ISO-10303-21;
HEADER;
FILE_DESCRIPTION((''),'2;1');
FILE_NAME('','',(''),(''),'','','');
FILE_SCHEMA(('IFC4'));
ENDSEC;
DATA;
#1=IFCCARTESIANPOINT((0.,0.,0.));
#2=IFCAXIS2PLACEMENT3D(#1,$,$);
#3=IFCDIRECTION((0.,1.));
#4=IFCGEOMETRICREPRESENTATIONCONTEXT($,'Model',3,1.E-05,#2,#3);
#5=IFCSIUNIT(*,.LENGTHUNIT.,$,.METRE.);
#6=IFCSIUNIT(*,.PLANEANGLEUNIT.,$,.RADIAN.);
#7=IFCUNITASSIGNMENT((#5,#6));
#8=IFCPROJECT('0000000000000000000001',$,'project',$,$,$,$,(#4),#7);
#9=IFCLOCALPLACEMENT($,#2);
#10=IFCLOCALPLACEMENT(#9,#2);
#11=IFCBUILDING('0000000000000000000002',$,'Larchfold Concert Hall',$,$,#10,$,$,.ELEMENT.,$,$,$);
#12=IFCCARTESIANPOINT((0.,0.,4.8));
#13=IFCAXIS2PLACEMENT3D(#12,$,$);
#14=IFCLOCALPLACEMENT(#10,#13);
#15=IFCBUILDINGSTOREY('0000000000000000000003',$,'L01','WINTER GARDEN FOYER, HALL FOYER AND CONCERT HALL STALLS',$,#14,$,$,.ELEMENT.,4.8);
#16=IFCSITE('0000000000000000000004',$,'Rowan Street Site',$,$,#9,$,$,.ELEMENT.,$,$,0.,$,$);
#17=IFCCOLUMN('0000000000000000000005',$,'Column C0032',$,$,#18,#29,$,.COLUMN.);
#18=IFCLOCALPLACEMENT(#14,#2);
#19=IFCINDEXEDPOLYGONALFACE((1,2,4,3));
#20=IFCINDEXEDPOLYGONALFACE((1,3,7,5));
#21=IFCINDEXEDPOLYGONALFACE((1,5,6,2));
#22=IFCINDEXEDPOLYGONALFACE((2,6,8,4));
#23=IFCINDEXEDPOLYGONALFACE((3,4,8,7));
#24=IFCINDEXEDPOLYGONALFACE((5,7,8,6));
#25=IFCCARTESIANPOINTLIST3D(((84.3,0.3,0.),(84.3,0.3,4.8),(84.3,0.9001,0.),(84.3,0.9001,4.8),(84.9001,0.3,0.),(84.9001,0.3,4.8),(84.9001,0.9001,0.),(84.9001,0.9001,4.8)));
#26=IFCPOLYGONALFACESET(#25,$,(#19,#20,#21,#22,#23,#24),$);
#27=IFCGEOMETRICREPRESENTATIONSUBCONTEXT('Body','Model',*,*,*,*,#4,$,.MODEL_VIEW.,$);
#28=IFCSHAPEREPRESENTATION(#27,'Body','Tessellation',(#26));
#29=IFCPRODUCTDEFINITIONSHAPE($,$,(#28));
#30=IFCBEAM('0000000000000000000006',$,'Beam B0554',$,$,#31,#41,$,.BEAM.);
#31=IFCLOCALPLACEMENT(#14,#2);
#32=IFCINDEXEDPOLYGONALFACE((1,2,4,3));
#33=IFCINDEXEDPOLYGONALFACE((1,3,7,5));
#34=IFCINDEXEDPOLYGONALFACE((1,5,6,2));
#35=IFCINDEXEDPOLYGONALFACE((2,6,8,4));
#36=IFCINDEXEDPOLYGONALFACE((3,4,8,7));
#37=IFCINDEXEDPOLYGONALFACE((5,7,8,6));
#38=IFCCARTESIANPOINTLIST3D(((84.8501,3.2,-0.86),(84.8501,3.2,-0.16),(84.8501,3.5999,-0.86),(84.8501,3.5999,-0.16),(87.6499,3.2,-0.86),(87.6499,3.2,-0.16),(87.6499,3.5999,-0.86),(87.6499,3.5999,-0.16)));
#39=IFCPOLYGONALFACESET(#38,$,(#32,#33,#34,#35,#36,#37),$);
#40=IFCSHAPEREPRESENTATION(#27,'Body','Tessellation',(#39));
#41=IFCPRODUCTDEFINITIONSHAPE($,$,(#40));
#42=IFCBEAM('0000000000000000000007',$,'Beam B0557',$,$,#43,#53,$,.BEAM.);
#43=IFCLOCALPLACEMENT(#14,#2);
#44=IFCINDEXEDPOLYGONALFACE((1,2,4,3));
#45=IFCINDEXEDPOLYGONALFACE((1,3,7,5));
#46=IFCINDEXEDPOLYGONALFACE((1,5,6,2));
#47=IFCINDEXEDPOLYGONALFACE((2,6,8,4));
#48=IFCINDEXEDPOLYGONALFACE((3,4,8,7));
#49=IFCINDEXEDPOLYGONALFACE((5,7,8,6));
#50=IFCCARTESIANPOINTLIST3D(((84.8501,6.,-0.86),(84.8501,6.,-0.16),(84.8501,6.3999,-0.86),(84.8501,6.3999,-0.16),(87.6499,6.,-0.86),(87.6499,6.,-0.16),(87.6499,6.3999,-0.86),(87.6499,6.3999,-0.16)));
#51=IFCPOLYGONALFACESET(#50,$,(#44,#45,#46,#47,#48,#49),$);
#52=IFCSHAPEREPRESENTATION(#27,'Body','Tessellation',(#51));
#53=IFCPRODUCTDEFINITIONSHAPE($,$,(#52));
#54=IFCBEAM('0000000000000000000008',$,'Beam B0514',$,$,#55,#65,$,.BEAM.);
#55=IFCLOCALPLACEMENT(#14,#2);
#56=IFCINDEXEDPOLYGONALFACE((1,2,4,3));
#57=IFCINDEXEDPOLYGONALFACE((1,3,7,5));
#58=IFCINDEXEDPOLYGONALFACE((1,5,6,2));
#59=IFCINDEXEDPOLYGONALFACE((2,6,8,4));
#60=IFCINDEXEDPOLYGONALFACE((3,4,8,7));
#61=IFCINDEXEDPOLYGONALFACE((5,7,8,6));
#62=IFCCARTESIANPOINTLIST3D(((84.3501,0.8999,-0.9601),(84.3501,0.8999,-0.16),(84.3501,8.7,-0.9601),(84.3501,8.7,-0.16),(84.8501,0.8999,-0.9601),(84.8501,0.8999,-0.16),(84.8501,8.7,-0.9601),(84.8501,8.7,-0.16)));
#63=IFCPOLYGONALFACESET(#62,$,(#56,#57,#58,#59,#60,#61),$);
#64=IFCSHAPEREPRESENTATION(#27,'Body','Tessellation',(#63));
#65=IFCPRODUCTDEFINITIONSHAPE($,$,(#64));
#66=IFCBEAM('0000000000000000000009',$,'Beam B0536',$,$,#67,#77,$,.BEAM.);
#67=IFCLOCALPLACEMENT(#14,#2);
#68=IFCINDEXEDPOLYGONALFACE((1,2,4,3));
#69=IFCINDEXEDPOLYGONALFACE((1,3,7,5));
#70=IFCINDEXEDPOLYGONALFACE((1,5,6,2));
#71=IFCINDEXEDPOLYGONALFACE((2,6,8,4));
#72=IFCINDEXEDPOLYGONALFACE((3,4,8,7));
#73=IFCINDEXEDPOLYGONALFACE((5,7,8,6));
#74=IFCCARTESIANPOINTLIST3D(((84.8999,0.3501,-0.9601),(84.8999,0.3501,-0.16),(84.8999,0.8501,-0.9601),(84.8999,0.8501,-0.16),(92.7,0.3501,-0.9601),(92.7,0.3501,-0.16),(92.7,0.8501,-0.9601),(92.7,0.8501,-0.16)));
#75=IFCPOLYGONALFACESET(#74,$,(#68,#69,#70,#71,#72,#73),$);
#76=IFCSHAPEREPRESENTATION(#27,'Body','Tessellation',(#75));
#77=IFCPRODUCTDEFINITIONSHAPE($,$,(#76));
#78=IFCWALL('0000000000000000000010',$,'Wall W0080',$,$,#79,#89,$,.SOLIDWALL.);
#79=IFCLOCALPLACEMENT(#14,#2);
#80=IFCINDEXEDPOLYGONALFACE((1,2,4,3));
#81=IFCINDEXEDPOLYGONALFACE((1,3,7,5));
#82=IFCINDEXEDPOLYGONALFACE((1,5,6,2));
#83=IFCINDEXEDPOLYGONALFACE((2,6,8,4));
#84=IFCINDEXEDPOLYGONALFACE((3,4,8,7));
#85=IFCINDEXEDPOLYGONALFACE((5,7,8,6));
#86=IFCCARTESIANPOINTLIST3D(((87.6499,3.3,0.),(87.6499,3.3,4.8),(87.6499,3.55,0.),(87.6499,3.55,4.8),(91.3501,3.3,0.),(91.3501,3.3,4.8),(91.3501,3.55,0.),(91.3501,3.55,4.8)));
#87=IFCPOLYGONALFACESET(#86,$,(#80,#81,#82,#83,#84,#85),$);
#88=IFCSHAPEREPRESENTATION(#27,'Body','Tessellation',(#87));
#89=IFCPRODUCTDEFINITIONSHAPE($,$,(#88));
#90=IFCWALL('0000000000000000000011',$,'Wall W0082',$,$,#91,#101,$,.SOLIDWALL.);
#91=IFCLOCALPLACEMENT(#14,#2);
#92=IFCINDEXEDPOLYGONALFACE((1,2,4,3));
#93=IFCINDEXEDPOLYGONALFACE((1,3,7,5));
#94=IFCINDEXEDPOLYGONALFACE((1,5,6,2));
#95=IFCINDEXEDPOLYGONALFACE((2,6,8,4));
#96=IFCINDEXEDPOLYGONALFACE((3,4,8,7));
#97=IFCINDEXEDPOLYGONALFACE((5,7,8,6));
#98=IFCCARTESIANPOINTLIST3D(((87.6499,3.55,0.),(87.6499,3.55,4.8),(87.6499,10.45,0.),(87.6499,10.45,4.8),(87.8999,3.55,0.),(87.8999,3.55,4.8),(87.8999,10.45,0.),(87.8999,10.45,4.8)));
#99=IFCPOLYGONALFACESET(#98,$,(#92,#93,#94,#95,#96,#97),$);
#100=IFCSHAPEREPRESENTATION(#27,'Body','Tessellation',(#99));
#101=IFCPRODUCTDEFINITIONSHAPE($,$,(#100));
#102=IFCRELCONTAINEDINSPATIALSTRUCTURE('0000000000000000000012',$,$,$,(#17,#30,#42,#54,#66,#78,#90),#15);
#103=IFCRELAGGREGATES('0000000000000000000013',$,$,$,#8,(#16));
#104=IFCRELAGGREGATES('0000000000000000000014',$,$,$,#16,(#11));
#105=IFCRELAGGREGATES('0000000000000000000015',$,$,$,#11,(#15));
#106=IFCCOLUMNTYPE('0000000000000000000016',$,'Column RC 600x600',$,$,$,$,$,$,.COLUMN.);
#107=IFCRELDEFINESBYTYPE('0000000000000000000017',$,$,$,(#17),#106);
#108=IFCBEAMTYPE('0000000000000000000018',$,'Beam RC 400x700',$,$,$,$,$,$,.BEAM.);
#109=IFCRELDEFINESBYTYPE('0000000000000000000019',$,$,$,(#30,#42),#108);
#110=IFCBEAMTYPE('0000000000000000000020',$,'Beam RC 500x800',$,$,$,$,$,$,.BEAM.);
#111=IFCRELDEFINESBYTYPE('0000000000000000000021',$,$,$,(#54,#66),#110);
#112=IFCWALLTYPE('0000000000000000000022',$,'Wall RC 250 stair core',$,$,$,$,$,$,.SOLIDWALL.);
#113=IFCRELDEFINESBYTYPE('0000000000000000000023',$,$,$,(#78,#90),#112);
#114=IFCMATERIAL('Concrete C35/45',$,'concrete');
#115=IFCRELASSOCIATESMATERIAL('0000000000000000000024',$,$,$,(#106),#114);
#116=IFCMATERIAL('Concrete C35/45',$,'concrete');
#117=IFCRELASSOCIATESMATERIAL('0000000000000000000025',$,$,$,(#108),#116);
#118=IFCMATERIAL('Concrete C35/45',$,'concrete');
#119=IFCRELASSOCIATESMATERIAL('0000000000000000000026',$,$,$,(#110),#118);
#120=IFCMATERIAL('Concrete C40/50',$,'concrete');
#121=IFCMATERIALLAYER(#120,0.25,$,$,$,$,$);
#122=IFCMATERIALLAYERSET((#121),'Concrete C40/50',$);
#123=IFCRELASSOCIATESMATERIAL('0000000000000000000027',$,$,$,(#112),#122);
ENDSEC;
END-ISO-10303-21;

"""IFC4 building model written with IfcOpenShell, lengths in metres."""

from ifc_helpers import new_model, si_unit, direction, frame, frame_2d, origin, origin_2d, place, context, subcontext, project, spatial, rectangle, extrude, material, layer, layer_set, material_profile, profile_set, type_object, element, save


model = new_model("IFC4")

# Units and contexts
model_context = context("Model", 3, precision=1e-05, world=origin(), true_north=direction((0.0, 1.0)))
body_context = subcontext(model_context, "Body", "Model", "MODEL_VIEW")
ifc_project = project(units=[si_unit("LENGTHUNIT", "METRE"), si_unit("PLANEANGLEUNIT", "RADIAN")], contexts=[model_context])

# Site, building, storey
site_placement = place(None, origin())
site = spatial("IfcSite", under=ifc_project, at=site_placement, Name="Rowan Street Site", CompositionType="ELEMENT", RefElevation=0.0)
building_placement = place(site_placement, origin())
building = spatial("IfcBuilding", under=site, at=building_placement, Name="Larchfold Concert Hall", CompositionType="ELEMENT")
storey_placement = place(building_placement, frame((0.0, 0.0, 4.8)))
storey = spatial("IfcBuildingStorey", under=building, at=storey_placement, Name="L01", Description="WINTER GARDEN FOYER, HALL FOYER AND CONCERT HALL STALLS", CompositionType="ELEMENT", Elevation=4.8)

# Column
ifc_material_1 = material(Name="Concrete C35/45", Category="concrete")
ifc_material_profile_1 = material_profile(ifc_material_1, rectangle(XDim=0.6001, YDim=0.6001, at=origin_2d()))
ifc_profile_set_1 = profile_set([ifc_material_profile_1], Name="Concrete C35/45")
column_type = type_object("IfcColumnType", Name="Column RC 600x600", PredefinedType="COLUMN", material=ifc_profile_set_1)
column_placement = place(storey_placement, frame((84.6001, 0.6001, 0.0), z_axis=(0.0, 0.0, 1.0), x_axis=(1.0, 0.0, 0.0)))
element("IfcColumn", 1, at=column_placement, inside=storey, type_object=column_type, Name="Column C0032", PredefinedType="COLUMN", context=body_context, shape_type="SweptSolid", body=[
    extrude(rectangle(XDim=0.6001, YDim=0.6001, at=origin_2d()), origin(), (0.0, 0.0, 1.0), 4.8),
])

# Beams
ifc_material_2 = material(Name="Concrete C35/45", Category="concrete")
ifc_material_profile_2 = material_profile(ifc_material_2, rectangle(XDim=0.3999, YDim=0.7, at=origin_2d()))
ifc_profile_set_2 = profile_set([ifc_material_profile_2], Name="Concrete C35/45")
beam_type_1 = type_object("IfcBeamType", Name="Beam RC 400x700", PredefinedType="BEAM", material=ifc_profile_set_2)
for number, where, z_axis, x_axis, name in (
    (2, (84.8501, 3.3999, -0.51), (1.0, 0.0, 0.0), (0.0, 1.0, 0.0), "Beam B0554"),
    (3, (84.8501, 6.2, -0.51), (1.0, 0.0, 0.0), (0.0, 1.0, 0.0), "Beam B0557"),
):
    element("IfcBeam", number, at=place(storey_placement, frame(where, z_axis=z_axis, x_axis=x_axis)), inside=storey, type_object=beam_type_1, Name=name, PredefinedType="BEAM", context=body_context, shape_type="SweptSolid", body=[
        extrude(rectangle(XDim=0.3999, YDim=0.7, at=origin_2d()), origin(), (0.0, 0.0, 1.0), 2.7998),
    ])
ifc_material_3 = material(Name="Concrete C35/45", Category="concrete")
ifc_material_profile_3 = material_profile(ifc_material_3, rectangle(XDim=0.5, YDim=0.8, at=origin_2d()))
ifc_profile_set_3 = profile_set([ifc_material_profile_3], Name="Concrete C35/45")
beam_type_2 = type_object("IfcBeamType", Name="Beam RC 500x800", PredefinedType="BEAM", material=ifc_profile_set_3)
for number, where, z_axis, x_axis, name in (
    (4, (84.6001, 0.8999, -0.5601), (0.0, 1.0, 0.0), (-1.0, 0.0, 0.0), "Beam B0514"),
    (5, (84.8999, 0.6001, -0.5601), (1.0, 0.0, 0.0), (0.0, 1.0, 0.0), "Beam B0536"),
):
    element("IfcBeam", number, at=place(storey_placement, frame(where, z_axis=z_axis, x_axis=x_axis)), inside=storey, type_object=beam_type_2, Name=name, PredefinedType="BEAM", context=body_context, shape_type="SweptSolid", body=[
        extrude(rectangle(XDim=0.5, YDim=0.8, at=origin_2d()), origin(), (0.0, 0.0, 1.0), 7.8),
    ])

# Walls
ifc_material_4 = material(Name="Concrete C40/50", Category="concrete")
ifc_layer_1 = layer(ifc_material_4, 0.25)
ifc_layer_set_1 = layer_set([ifc_layer_1], Name="Concrete C40/50")
wall_type_1 = type_object("IfcWallType", Name="Wall RC 250 stair core", PredefinedType="SOLIDWALL", material=ifc_layer_set_1)
wall_1_placement = place(storey_placement, frame((87.6499, 3.425, 0.0), z_axis=(0.0, 0.0, 1.0), x_axis=(1.0, 0.0, 0.0)))
element("IfcWall", 6, at=wall_1_placement, inside=storey, type_object=wall_type_1, Name="Wall W0080", PredefinedType="SOLIDWALL", context=body_context, shape_type="SweptSolid", body=[
    extrude(rectangle(XDim=3.7002, YDim=0.25, at=frame_2d((1.8501, 0.0))), origin(), (0.0, 0.0, 1.0), 4.8),
])
wall_2_placement = place(storey_placement, frame((87.7749, 3.55, 0.0), z_axis=(0.0, 0.0, 1.0), x_axis=(0.0, 1.0, 0.0)))
element("IfcWall", 7, at=wall_2_placement, inside=storey, type_object=wall_type_1, Name="Wall W0082", PredefinedType="SOLIDWALL", context=body_context, shape_type="SweptSolid", body=[
    extrude(rectangle(XDim=6.8999, YDim=0.25, at=frame_2d((3.45, 0.0))), origin(), (0.0, 0.0, 1.0), 4.8),
])

save(model, "model.ifc")
